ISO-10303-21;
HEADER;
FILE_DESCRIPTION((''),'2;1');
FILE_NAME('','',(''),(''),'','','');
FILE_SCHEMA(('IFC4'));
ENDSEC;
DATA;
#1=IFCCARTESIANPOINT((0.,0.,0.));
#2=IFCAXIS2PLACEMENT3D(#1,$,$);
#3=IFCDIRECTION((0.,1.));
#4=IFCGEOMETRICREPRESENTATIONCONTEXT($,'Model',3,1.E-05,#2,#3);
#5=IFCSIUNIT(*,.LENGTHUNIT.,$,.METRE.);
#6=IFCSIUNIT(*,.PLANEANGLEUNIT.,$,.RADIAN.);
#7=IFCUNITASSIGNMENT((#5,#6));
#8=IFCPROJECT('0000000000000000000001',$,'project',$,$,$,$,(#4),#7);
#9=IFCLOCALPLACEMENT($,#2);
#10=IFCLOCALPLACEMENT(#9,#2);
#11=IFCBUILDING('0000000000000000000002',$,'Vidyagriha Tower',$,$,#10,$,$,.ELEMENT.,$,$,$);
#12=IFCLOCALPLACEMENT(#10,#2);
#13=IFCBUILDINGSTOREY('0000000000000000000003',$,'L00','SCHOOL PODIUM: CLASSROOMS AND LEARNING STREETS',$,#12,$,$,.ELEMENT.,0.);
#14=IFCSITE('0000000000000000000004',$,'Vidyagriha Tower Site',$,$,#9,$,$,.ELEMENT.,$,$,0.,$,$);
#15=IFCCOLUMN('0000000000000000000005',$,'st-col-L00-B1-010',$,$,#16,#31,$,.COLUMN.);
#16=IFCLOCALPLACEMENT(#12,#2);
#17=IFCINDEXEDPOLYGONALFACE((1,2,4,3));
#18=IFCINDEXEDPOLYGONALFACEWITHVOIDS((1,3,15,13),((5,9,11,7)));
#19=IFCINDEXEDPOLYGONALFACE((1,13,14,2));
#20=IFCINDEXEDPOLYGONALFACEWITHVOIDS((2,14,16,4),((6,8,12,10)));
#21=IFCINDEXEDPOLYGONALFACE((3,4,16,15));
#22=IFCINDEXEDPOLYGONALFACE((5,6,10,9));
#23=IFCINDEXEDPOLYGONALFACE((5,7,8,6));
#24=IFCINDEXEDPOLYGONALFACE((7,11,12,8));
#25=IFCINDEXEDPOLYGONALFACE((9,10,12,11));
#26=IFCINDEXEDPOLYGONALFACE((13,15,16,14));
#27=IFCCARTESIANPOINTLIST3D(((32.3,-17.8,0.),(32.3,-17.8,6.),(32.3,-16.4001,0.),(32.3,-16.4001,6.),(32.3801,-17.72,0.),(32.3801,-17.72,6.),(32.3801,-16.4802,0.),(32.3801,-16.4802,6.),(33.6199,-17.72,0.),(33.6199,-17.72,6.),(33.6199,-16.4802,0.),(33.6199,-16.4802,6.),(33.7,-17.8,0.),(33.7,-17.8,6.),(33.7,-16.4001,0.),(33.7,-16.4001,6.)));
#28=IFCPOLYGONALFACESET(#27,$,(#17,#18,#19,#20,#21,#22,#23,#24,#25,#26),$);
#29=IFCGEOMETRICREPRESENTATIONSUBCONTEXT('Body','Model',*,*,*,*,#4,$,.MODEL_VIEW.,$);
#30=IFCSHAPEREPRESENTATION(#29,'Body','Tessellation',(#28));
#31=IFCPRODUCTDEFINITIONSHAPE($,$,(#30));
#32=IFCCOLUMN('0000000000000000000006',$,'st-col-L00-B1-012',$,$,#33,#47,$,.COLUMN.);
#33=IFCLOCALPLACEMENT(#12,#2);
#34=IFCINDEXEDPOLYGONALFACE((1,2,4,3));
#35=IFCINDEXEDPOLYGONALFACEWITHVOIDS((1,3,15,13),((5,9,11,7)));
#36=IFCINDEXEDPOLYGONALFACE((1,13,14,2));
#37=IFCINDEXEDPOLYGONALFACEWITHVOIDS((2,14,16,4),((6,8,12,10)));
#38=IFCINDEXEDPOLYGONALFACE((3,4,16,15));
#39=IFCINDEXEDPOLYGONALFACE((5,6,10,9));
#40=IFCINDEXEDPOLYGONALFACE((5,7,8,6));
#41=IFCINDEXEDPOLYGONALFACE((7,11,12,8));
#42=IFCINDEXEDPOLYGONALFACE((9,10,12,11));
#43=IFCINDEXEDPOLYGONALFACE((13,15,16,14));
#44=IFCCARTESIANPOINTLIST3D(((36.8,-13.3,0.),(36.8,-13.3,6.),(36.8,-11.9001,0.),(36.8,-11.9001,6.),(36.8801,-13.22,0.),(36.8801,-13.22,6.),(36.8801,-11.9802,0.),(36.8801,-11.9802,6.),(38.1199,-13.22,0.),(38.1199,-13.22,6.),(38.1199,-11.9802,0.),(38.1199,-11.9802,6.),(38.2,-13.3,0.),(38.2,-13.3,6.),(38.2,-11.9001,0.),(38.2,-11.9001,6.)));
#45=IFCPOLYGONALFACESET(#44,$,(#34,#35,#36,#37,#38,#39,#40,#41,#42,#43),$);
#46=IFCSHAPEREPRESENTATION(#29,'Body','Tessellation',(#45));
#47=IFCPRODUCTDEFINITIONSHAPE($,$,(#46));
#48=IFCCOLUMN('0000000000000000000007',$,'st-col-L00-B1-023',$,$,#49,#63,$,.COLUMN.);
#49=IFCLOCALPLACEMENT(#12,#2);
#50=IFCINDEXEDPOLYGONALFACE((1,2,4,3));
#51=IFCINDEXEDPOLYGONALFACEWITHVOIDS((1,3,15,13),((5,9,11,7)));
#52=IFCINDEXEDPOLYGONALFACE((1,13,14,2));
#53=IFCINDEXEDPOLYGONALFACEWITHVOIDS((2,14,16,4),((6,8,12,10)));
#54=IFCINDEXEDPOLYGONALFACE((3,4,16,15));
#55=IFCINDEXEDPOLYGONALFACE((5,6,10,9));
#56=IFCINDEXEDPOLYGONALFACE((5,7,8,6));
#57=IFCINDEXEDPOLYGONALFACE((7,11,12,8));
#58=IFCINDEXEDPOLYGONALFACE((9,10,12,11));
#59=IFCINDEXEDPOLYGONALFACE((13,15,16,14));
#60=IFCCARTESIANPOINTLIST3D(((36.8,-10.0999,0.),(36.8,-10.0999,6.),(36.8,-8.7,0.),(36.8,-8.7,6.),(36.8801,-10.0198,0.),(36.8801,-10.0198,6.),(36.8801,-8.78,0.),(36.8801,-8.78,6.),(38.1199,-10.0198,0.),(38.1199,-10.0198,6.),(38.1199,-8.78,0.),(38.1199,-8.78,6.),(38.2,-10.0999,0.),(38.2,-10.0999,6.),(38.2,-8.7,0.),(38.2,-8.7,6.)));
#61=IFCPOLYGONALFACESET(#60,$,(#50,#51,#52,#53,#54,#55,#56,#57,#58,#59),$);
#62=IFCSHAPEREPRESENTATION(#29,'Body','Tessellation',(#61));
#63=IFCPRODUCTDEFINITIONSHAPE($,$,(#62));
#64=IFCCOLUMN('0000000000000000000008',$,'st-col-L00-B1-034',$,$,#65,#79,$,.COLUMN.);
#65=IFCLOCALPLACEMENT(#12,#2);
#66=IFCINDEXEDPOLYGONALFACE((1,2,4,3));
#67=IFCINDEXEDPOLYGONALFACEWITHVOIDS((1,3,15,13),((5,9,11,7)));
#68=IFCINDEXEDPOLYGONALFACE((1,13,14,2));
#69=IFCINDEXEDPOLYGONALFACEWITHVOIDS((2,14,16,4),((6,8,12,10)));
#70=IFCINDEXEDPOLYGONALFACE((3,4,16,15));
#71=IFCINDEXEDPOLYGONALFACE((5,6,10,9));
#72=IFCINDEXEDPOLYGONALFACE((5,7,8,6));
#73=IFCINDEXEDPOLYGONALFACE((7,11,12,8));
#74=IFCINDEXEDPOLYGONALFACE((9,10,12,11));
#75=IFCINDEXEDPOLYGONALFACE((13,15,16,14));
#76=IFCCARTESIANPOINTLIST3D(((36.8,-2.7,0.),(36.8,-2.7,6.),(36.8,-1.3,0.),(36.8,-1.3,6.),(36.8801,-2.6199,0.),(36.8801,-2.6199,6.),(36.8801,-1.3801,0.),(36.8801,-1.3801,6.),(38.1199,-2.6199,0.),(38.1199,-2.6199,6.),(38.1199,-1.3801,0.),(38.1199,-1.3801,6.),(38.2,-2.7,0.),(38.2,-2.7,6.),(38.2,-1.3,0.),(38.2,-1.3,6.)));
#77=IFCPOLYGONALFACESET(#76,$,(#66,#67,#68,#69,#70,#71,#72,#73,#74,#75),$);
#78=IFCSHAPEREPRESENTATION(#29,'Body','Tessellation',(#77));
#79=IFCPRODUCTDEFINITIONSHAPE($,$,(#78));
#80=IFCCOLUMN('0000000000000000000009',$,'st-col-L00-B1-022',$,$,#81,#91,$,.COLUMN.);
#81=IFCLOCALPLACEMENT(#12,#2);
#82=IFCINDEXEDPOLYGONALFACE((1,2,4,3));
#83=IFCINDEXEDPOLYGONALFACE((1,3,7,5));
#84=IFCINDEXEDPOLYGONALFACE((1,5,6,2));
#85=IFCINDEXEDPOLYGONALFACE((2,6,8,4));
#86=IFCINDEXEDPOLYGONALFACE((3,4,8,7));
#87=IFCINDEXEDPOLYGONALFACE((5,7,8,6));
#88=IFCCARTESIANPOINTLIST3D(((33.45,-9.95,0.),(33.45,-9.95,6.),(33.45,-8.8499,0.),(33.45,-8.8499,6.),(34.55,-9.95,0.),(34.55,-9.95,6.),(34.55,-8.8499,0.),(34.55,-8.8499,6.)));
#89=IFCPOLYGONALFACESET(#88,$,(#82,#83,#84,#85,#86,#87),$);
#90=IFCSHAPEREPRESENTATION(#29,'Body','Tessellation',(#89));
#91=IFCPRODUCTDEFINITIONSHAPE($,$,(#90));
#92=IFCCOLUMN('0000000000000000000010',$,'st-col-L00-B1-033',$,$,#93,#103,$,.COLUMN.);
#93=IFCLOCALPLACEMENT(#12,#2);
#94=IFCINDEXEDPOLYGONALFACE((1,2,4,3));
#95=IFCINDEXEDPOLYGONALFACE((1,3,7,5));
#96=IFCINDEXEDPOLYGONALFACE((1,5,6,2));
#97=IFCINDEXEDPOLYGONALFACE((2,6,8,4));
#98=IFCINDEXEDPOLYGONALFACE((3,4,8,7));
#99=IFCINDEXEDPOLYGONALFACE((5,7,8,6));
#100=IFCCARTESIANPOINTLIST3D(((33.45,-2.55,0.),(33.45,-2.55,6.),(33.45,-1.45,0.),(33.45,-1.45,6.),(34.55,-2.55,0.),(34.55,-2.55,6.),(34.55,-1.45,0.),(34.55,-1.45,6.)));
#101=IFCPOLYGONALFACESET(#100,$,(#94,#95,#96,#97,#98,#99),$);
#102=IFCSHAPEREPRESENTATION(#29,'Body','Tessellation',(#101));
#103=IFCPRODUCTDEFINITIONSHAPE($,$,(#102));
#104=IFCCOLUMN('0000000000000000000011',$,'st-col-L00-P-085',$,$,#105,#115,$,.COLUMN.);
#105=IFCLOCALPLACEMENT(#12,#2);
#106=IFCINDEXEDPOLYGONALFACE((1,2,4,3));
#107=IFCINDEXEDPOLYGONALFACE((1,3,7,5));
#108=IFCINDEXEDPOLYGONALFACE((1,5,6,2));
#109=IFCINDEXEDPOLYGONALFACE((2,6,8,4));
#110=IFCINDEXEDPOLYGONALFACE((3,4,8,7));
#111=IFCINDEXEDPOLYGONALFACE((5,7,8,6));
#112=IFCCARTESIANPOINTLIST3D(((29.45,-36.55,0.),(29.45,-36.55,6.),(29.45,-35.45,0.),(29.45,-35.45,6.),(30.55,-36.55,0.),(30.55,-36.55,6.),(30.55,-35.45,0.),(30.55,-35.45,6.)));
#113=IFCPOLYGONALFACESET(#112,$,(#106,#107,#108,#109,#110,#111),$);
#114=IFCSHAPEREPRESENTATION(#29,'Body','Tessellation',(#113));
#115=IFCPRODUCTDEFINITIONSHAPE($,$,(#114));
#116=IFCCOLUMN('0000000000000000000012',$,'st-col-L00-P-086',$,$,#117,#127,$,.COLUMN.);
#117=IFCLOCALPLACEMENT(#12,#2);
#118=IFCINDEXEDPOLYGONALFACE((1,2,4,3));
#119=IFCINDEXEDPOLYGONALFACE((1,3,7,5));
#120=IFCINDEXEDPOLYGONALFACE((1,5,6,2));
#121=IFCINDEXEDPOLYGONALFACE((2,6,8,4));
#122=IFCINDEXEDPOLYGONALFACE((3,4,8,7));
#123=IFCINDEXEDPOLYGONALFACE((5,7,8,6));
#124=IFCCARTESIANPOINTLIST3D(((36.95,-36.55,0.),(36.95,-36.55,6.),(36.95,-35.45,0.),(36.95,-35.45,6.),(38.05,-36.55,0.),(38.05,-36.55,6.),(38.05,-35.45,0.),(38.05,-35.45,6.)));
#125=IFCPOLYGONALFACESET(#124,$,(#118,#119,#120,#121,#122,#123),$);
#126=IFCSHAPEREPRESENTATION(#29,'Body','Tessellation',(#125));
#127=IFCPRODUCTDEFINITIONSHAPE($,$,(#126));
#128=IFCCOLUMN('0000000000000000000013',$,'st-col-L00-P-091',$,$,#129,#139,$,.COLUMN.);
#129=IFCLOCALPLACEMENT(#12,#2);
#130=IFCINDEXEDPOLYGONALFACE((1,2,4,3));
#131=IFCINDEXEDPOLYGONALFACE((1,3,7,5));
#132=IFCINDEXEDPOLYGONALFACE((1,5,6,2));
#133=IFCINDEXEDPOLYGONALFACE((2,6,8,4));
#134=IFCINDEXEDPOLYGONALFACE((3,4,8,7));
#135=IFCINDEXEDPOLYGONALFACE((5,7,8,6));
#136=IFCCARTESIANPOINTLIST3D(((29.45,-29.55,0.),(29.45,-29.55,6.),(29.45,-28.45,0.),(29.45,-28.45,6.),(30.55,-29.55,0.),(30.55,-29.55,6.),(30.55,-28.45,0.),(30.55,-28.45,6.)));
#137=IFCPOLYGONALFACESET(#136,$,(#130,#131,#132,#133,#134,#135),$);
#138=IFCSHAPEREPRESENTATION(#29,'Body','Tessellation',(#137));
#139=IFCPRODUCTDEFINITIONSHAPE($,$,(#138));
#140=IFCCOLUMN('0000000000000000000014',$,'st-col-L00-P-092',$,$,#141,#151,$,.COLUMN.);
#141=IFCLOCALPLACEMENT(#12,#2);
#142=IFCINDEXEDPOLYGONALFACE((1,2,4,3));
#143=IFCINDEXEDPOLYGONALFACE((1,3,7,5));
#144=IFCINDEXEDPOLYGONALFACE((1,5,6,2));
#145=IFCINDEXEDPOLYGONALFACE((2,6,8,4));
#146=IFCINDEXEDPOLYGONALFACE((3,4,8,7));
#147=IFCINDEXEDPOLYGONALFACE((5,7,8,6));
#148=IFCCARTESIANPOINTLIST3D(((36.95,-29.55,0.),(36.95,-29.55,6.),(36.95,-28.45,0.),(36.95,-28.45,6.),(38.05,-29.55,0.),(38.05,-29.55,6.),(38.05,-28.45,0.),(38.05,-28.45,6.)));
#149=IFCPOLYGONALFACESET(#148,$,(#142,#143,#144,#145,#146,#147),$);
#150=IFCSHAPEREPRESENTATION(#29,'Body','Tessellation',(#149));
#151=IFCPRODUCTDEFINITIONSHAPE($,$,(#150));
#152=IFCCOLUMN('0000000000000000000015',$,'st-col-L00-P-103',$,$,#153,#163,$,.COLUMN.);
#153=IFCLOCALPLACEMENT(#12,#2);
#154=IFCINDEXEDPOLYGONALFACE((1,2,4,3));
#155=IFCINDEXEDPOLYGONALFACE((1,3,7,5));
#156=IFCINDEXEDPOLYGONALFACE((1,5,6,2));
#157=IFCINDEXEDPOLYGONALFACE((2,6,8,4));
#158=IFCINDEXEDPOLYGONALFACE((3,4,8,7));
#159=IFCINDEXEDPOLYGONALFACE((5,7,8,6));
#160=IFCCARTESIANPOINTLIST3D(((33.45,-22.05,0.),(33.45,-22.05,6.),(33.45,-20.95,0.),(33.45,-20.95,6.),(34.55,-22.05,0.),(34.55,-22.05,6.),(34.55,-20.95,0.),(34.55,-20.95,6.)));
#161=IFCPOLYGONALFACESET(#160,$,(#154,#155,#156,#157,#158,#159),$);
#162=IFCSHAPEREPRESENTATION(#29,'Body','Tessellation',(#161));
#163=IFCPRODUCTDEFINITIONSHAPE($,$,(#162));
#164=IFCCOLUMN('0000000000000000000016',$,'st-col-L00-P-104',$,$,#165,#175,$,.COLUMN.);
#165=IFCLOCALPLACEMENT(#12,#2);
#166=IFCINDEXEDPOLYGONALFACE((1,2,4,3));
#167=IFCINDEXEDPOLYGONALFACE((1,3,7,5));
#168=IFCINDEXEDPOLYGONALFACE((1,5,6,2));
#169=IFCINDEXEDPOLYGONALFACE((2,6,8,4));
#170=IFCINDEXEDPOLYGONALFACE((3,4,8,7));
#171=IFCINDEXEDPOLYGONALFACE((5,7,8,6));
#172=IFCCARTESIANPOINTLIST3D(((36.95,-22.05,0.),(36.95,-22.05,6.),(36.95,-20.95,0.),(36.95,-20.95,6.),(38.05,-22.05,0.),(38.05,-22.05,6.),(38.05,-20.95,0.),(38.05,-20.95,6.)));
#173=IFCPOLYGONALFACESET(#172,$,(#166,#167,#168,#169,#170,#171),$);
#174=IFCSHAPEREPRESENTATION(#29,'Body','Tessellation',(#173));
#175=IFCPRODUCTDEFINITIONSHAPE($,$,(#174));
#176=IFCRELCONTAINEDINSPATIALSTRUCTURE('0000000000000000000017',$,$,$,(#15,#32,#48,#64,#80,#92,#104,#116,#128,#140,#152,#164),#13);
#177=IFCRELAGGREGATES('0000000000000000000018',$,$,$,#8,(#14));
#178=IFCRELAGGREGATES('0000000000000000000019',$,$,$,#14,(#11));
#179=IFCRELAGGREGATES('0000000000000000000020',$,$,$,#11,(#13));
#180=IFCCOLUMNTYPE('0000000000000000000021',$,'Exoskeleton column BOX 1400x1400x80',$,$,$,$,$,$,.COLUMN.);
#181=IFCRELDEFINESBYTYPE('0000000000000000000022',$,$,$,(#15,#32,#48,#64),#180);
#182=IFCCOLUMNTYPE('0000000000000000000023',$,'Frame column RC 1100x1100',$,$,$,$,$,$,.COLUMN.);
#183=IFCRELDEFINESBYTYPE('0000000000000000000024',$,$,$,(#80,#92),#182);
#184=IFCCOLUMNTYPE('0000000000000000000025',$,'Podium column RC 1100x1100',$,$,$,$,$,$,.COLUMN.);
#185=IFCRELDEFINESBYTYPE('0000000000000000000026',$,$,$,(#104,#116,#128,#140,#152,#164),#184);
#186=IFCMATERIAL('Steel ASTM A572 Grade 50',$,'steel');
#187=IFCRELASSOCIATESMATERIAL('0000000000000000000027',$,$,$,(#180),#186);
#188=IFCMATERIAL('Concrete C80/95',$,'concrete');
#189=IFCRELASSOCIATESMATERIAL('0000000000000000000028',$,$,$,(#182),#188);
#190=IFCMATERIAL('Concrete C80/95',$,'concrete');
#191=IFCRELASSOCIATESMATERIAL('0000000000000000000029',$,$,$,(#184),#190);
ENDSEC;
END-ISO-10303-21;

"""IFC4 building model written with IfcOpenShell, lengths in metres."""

from ifc_helpers import new_model, si_unit, direction, frame, origin, origin_2d, place, context, subcontext, project, spatial, rectangle, hollow_rectangle, extrude, material, material_profile, profile_set, type_object, element, save


model = new_model("IFC4")

# Units and contexts
model_context = context("Model", 3, precision=1e-05, world=origin(), true_north=direction((0.0, 1.0)))
body_context = subcontext(model_context, "Body", "Model", "MODEL_VIEW")
ifc_project = project(units=[si_unit("LENGTHUNIT", "METRE"), si_unit("PLANEANGLEUNIT", "RADIAN")], contexts=[model_context])

# Site, building, storey
site_placement = place(None, origin())
site = spatial("IfcSite", under=ifc_project, at=site_placement, Name="Vidyagriha Tower Site", CompositionType="ELEMENT", RefElevation=0.0)
building_placement = place(site_placement, origin())
building = spatial("IfcBuilding", under=site, at=building_placement, Name="Vidyagriha Tower", CompositionType="ELEMENT")
storey_placement = place(building_placement, origin())
storey = spatial("IfcBuildingStorey", under=building, at=storey_placement, Name="L00", Description="SCHOOL PODIUM: CLASSROOMS AND LEARNING STREETS", CompositionType="ELEMENT", Elevation=0.0)

# Columns
ifc_material_1 = material(Name="Steel ASTM A572 Grade 50", Category="steel")
ifc_material_profile_1 = material_profile(ifc_material_1, hollow_rectangle(XDim=1.3999, YDim=1.3999, WallThickness=0.0801, at=origin_2d()), Name="BOX 1400x1400x80")
ifc_profile_set_1 = profile_set([ifc_material_profile_1], Name="Steel ASTM A572 Grade 50")
column_type_1 = type_object("IfcColumnType", Name="Exoskeleton column BOX 1400x1400x80", PredefinedType="COLUMN", material=ifc_profile_set_1)
for number, where, name in (
    (1, (33.0, -17.1001, 0.0), "st-col-L00-B1-010"),
    (2, (37.5, -12.6001, 0.0), "st-col-L00-B1-012"),
    (3, (37.5, -9.3999, 0.0), "st-col-L00-B1-023"),
    (4, (37.5, -2.0, 0.0), "st-col-L00-B1-034"),
):
    element("IfcColumn", number, at=place(storey_placement, frame(where)), inside=storey, type_object=column_type_1, Name=name, PredefinedType="COLUMN", context=body_context, shape_type="SweptSolid", body=[
        extrude(hollow_rectangle(XDim=1.3999, YDim=1.3999, WallThickness=0.0801, at=origin_2d()), origin(), (0.0, 0.0, 1.0), 6.0),
    ])
ifc_material_2 = material(Name="Concrete C80/95", Category="concrete")
ifc_material_profile_2 = material_profile(ifc_material_2, rectangle(XDim=1.1001, YDim=1.1001, at=origin_2d()), Name="RC 1100x1100")
ifc_profile_set_2 = profile_set([ifc_material_profile_2], Name="Concrete C80/95")
column_type_2 = type_object("IfcColumnType", Name="Frame column RC 1100x1100", PredefinedType="COLUMN", material=ifc_profile_set_2)
for number, where, name in (
    (5, (34.0, -9.3999, 0.0), "st-col-L00-B1-022"),
    (6, (34.0, -2.0, 0.0), "st-col-L00-B1-033"),
):
    element("IfcColumn", number, at=place(storey_placement, frame(where)), inside=storey, type_object=column_type_2, Name=name, PredefinedType="COLUMN", context=body_context, shape_type="SweptSolid", body=[
        extrude(rectangle(XDim=1.1001, YDim=1.1001, at=origin_2d()), origin(), (0.0, 0.0, 1.0), 6.0),
    ])
ifc_material_3 = material(Name="Concrete C80/95", Category="concrete")
ifc_material_profile_3 = material_profile(ifc_material_3, rectangle(XDim=1.1001, YDim=1.1001, at=origin_2d()), Name="RC 1100x1100")
ifc_profile_set_3 = profile_set([ifc_material_profile_3], Name="Concrete C80/95")
column_type_3 = type_object("IfcColumnType", Name="Podium column RC 1100x1100", PredefinedType="COLUMN", material=ifc_profile_set_3)
for number, where, name in (
    (7, (30.0, -36.0, 0.0), "st-col-L00-P-085"),
    (8, (37.5, -36.0, 0.0), "st-col-L00-P-086"),
    (9, (30.0, -29.0, 0.0), "st-col-L00-P-091"),
    (10, (37.5, -29.0, 0.0), "st-col-L00-P-092"),
    (11, (34.0, -21.5, 0.0), "st-col-L00-P-103"),
    (12, (37.5, -21.5, 0.0), "st-col-L00-P-104"),
):
    element("IfcColumn", number, at=place(storey_placement, frame(where)), inside=storey, type_object=column_type_3, Name=name, PredefinedType="COLUMN", context=body_context, shape_type="SweptSolid", body=[
        extrude(rectangle(XDim=1.1001, YDim=1.1001, at=origin_2d()), origin(), (0.0, 0.0, 1.0), 6.0),
    ])

save(model, "model.ifc")
